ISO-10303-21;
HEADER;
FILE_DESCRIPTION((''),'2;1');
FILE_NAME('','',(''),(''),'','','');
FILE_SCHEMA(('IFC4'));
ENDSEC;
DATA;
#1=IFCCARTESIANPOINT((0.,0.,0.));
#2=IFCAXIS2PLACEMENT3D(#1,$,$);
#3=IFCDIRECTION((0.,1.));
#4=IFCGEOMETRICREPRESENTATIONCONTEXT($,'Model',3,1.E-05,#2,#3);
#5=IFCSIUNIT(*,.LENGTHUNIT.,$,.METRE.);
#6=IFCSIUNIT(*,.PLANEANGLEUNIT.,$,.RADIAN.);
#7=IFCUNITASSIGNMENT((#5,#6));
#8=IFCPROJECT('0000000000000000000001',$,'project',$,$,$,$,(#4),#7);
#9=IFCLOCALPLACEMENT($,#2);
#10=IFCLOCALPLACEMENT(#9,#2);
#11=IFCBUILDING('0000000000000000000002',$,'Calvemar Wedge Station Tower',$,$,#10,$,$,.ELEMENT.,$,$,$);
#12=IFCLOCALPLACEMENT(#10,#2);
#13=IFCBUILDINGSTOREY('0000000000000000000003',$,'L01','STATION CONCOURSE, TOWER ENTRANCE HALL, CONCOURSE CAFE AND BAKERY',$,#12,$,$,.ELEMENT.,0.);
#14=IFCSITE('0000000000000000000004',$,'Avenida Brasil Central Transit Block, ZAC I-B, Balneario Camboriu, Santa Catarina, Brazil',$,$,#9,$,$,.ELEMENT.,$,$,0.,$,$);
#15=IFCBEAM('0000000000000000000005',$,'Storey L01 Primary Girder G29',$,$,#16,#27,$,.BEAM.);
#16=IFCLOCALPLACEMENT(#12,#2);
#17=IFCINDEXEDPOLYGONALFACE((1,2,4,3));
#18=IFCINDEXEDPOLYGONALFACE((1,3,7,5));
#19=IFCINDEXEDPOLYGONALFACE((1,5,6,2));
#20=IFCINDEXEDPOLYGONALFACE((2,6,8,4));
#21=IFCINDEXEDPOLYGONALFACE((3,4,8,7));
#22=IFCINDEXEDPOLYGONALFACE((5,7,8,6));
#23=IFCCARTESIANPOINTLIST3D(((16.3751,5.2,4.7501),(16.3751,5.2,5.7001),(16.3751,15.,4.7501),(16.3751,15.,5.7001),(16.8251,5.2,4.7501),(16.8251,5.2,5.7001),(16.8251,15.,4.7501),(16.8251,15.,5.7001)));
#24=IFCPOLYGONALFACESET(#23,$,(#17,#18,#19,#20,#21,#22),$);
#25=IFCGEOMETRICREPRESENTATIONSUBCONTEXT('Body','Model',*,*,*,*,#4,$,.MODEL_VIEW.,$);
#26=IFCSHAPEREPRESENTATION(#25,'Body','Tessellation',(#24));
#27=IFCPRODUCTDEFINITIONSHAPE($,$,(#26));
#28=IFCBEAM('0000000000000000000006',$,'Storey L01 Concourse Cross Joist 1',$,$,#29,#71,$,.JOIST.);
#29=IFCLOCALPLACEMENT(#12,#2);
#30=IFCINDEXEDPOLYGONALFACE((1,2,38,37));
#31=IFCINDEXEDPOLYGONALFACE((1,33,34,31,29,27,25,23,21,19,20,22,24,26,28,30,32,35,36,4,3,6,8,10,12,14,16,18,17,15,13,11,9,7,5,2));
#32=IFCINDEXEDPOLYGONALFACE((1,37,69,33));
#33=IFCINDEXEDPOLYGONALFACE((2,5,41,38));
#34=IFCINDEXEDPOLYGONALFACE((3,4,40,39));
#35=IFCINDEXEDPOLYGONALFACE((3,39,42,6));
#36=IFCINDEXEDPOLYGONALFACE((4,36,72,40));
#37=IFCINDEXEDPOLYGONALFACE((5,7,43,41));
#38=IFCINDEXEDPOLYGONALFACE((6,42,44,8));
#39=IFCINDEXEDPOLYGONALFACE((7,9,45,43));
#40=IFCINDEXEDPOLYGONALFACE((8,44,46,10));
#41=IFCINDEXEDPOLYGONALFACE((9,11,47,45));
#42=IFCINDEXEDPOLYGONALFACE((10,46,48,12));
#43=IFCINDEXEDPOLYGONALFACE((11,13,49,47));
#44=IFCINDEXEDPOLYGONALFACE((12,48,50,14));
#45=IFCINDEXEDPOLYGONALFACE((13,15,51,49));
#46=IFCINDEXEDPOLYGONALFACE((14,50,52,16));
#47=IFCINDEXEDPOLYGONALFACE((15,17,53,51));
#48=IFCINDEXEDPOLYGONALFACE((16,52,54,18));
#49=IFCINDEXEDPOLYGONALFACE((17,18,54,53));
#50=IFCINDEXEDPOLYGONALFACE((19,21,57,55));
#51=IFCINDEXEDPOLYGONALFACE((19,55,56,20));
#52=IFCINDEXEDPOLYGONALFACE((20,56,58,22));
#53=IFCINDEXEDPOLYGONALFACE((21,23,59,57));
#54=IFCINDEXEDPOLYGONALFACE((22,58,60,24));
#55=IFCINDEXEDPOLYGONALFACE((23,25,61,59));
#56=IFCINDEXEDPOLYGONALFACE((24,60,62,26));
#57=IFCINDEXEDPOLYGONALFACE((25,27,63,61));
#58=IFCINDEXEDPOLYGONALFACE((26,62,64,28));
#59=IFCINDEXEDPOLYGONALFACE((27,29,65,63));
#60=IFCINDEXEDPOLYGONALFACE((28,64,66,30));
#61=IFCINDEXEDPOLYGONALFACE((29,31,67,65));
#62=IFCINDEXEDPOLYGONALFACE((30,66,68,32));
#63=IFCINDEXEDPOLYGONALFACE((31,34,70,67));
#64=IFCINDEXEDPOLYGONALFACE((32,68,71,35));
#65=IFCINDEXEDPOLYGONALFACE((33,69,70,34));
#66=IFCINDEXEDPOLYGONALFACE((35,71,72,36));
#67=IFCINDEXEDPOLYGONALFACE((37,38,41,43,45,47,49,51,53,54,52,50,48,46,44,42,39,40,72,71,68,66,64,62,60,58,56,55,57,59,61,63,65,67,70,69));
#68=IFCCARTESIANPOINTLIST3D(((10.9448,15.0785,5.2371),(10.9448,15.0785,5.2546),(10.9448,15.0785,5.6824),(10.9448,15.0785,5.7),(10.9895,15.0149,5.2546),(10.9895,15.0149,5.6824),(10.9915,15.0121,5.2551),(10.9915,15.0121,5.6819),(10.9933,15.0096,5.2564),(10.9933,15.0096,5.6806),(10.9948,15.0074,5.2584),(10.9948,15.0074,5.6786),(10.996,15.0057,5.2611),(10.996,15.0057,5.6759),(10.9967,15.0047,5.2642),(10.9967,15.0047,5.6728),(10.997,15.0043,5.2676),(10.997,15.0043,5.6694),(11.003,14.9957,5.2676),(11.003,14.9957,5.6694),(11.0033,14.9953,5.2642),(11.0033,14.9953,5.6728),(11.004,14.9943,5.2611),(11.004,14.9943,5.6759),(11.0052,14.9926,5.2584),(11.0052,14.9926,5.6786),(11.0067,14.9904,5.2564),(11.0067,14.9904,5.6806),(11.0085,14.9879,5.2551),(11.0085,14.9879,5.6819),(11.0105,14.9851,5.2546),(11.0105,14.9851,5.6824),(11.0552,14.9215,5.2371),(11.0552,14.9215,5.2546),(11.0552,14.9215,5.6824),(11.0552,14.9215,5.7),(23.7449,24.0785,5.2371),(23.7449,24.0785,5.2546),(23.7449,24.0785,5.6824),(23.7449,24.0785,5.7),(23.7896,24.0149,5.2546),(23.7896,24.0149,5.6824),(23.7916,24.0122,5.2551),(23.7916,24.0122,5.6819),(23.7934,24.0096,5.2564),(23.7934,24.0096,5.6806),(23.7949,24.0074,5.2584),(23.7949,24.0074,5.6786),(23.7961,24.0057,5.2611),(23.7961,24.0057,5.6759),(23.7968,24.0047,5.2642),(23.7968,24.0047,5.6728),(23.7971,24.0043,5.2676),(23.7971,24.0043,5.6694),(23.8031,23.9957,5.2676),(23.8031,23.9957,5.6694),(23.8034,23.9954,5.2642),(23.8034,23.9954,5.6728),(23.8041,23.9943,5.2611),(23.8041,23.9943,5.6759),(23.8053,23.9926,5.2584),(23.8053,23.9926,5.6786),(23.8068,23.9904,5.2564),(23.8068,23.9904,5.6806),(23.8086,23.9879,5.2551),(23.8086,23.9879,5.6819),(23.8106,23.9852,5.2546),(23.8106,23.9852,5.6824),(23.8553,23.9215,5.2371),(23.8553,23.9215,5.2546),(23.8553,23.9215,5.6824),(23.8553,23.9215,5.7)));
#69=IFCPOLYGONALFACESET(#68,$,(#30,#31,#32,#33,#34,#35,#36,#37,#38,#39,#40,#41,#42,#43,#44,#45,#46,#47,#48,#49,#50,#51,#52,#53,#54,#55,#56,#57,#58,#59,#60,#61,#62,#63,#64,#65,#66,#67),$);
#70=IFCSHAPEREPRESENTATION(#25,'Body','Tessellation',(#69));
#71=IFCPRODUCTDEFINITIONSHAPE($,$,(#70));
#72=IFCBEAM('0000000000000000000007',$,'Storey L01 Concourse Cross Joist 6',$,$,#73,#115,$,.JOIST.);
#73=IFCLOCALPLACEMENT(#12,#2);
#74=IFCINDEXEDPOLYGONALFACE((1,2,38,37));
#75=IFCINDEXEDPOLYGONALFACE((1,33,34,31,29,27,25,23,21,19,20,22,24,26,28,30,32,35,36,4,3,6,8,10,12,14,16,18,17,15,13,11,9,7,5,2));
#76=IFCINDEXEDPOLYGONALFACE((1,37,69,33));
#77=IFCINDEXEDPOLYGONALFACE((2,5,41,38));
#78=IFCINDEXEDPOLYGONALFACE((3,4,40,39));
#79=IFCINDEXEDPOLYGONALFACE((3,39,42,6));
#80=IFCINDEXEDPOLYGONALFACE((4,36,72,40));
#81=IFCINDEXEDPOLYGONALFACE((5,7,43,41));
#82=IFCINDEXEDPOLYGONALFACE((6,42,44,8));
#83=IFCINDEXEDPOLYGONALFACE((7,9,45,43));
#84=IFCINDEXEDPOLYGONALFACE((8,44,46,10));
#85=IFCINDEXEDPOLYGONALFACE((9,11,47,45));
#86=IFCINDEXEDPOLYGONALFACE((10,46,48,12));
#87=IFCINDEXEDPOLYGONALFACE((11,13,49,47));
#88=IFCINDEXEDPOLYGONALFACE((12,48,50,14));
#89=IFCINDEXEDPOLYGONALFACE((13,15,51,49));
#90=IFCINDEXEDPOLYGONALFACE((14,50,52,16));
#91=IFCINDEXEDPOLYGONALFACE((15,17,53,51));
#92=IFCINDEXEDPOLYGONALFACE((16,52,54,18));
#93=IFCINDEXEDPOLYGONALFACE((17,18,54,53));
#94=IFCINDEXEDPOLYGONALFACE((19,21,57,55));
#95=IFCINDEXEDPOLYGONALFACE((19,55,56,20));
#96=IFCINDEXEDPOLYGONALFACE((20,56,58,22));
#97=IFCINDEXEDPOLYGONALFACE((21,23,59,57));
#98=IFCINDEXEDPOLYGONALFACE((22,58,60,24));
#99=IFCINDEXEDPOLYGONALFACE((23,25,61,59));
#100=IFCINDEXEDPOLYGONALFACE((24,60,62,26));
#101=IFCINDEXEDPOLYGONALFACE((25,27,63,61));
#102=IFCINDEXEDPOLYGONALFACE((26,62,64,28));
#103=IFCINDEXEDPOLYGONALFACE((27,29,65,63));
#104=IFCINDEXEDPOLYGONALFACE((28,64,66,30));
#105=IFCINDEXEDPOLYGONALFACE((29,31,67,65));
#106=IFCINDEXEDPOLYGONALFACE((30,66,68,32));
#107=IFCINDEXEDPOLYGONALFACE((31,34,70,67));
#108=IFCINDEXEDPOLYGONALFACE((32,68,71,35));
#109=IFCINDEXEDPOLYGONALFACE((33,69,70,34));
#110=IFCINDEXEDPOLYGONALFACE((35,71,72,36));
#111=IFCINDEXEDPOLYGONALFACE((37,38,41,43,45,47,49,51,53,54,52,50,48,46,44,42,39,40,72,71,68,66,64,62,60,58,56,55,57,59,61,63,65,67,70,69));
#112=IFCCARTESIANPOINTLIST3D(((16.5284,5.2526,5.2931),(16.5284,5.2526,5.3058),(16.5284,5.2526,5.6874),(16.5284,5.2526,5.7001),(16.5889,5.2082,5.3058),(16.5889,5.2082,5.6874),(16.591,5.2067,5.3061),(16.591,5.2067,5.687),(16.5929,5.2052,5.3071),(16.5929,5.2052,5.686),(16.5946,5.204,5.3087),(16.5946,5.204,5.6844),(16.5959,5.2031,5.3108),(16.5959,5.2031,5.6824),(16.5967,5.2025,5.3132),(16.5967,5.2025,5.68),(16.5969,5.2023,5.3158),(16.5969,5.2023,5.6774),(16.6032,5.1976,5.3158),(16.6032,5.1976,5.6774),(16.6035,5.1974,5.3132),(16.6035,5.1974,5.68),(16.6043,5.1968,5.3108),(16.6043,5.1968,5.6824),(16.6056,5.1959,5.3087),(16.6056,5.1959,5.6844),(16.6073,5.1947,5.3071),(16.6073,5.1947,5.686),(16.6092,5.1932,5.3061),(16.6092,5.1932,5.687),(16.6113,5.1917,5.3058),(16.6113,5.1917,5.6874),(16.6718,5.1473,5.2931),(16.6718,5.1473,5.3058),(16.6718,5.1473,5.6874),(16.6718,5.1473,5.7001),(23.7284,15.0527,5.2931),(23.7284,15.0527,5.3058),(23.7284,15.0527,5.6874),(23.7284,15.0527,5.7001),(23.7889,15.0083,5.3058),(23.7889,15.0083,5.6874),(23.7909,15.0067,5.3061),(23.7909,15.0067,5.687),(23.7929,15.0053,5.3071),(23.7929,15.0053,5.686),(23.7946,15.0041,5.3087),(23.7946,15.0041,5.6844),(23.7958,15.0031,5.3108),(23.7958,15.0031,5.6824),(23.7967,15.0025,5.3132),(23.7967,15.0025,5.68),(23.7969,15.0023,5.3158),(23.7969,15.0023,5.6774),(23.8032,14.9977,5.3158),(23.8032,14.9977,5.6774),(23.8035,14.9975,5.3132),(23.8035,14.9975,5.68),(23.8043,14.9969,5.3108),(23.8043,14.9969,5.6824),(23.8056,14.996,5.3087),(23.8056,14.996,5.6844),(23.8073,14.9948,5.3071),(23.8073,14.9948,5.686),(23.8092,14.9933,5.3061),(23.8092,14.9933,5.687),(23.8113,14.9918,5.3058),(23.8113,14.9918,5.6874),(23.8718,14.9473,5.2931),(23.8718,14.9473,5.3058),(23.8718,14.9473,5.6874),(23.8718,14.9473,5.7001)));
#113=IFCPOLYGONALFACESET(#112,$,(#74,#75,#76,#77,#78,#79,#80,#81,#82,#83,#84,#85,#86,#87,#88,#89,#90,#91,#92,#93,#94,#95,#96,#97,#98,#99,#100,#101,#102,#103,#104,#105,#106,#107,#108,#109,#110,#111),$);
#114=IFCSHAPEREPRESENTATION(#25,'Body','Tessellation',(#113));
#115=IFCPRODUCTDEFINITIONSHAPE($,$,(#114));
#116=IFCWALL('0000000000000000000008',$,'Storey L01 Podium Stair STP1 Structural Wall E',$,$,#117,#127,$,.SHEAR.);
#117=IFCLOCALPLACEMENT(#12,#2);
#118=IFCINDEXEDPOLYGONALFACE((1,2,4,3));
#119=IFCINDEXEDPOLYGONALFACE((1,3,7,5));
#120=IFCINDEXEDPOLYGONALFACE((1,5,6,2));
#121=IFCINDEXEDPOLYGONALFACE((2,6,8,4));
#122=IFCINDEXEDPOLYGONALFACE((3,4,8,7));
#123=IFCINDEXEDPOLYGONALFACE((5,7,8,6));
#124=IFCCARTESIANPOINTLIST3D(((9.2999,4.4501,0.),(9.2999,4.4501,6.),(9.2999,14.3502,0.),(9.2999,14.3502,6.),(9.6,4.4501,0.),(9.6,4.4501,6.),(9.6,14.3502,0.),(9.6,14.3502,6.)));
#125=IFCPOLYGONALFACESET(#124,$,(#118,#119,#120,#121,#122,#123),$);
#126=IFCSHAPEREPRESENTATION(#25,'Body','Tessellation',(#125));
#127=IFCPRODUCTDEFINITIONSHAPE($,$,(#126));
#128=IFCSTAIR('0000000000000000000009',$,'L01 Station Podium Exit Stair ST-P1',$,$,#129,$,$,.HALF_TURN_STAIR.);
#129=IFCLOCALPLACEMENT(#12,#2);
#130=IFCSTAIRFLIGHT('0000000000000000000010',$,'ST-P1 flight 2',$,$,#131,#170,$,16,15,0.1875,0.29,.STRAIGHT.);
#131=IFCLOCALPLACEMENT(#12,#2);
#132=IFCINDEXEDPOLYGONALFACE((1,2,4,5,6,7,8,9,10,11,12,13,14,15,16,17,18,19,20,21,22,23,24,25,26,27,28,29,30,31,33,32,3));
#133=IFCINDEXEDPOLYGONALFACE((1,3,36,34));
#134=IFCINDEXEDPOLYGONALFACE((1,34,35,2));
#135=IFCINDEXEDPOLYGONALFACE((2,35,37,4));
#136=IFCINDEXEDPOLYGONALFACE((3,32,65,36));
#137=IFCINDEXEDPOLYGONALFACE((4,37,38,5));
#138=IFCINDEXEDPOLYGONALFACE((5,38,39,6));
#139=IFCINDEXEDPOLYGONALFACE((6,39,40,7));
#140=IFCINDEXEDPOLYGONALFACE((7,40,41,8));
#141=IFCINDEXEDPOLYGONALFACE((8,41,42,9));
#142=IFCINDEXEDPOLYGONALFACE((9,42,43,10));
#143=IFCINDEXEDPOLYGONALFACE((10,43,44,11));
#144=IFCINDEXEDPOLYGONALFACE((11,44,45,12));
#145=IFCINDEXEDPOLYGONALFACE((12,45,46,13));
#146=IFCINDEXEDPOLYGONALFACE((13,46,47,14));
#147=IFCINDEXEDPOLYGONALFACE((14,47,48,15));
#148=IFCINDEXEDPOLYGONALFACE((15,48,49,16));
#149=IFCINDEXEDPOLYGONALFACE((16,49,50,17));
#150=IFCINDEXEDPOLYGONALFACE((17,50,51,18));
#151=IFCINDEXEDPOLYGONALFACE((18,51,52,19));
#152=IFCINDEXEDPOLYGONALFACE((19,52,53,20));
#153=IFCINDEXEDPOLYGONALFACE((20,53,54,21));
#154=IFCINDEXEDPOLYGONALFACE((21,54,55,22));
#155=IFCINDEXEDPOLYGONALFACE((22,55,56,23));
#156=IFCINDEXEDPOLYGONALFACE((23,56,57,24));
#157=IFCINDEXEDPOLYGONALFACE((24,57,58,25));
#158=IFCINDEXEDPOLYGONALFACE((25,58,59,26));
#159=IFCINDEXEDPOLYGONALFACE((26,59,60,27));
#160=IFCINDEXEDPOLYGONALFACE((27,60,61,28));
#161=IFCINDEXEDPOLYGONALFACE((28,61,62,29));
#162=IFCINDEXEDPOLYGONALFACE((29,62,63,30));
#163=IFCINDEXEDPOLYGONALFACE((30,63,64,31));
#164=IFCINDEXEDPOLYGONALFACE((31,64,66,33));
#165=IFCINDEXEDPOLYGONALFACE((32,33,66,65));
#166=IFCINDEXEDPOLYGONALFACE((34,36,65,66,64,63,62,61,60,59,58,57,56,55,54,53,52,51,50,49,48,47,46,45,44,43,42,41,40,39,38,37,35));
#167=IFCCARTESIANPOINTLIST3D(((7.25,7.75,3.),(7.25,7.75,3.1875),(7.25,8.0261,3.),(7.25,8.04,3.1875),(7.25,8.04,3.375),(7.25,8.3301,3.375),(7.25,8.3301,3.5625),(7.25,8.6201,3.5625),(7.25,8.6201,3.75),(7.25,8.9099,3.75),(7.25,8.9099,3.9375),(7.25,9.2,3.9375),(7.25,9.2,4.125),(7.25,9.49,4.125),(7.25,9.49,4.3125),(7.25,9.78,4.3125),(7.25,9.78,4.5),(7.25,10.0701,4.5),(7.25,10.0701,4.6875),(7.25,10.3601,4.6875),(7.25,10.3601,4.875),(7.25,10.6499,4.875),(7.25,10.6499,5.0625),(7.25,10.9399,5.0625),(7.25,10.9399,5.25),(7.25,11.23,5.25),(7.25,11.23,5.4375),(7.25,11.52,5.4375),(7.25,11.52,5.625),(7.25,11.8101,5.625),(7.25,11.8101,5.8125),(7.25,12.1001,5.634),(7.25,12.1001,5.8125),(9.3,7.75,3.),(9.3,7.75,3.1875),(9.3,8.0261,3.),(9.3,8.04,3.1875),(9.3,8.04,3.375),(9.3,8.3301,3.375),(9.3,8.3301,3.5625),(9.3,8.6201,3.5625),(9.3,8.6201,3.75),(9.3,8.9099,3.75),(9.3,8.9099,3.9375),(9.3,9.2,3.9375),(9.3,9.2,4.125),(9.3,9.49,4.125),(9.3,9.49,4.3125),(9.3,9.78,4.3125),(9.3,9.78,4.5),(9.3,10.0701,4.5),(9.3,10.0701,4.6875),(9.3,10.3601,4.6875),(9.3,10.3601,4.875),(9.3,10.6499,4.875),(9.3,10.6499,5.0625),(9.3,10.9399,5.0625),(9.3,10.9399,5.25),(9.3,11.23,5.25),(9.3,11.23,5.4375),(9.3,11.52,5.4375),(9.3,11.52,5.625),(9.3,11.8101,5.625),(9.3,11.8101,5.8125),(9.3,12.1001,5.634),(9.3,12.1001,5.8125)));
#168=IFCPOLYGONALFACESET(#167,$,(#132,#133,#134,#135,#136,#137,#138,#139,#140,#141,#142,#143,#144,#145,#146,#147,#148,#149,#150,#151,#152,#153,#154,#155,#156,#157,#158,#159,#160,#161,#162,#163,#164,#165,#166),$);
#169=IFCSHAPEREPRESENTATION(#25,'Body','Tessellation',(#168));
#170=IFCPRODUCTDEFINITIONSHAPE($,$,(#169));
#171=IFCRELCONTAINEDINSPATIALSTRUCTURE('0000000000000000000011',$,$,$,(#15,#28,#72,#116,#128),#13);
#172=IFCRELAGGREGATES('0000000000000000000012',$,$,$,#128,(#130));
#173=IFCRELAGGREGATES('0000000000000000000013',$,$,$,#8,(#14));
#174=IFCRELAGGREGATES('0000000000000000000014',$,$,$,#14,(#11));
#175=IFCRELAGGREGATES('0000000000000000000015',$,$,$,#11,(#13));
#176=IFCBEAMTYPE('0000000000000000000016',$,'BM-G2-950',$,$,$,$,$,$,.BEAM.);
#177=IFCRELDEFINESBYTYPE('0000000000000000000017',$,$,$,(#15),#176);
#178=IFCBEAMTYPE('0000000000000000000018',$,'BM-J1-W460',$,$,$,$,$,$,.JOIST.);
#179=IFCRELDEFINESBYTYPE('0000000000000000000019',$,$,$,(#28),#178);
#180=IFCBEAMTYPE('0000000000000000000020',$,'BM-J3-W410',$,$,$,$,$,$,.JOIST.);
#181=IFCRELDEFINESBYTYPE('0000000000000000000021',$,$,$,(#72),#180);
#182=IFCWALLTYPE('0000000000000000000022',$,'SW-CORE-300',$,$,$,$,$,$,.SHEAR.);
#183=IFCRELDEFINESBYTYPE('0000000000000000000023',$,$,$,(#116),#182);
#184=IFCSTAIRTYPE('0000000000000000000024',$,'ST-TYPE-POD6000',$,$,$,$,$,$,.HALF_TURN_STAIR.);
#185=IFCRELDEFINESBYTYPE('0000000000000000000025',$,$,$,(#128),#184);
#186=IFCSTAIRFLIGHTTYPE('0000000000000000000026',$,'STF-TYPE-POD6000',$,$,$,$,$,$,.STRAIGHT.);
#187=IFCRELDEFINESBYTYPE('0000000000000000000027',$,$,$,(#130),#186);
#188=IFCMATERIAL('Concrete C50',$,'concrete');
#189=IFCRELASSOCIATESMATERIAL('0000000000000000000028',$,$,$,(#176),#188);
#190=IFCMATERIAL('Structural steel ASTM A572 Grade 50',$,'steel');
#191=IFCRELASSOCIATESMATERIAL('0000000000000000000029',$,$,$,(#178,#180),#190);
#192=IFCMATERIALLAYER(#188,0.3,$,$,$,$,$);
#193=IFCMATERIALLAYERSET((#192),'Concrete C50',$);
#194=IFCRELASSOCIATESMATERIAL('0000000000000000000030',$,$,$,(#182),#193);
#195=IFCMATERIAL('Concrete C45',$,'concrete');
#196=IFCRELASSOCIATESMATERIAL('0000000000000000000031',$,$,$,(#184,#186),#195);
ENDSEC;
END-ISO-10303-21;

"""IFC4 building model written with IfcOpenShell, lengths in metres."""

from ifc_helpers import new_model, si_unit, direction, frame, frame_2d, origin, origin_2d, place, context, subcontext, project, spatial, polyline, rectangle, i_section, outline, extrude, source, transform, mapped, material, layer, layer_set, material_profile, profile_set, type_object, element, aggregate, save


model = new_model("IFC4")

# Units and contexts
model_context = context("Model", 3, precision=1e-05, world=origin(), true_north=direction((0.0, 1.0)))
body_context = subcontext(model_context, "Body", "Model", "MODEL_VIEW")
ifc_project = project(units=[si_unit("LENGTHUNIT", "METRE"), si_unit("PLANEANGLEUNIT", "RADIAN")], contexts=[model_context])

# Site, building, storey
site_placement = place(None, origin())
site = spatial("IfcSite", under=ifc_project, at=site_placement, Name="Avenida Brasil Central Transit Block, ZAC I-B, Balneario Camboriu, Santa Catarina, Brazil", CompositionType="ELEMENT", RefElevation=0.0)
building_placement = place(site_placement, origin())
building = spatial("IfcBuilding", under=site, at=building_placement, Name="Calvemar Wedge Station Tower", CompositionType="ELEMENT")
storey_placement = place(building_placement, origin())
storey = spatial("IfcBuildingStorey", under=building, at=storey_placement, Name="L01", Description="STATION CONCOURSE, TOWER ENTRANCE HALL, CONCOURSE CAFE AND BAKERY", CompositionType="ELEMENT", Elevation=0.0)

# Shared definitions
ifc_material_1 = material(Name="Concrete C45", Category="concrete")

# Beams
ifc_material_2 = material(Name="Structural steel ASTM A572 Grade 50", Category="steel")
ifc_material_3 = material(Name="Concrete C50", Category="concrete")
ifc_material_profile_1 = material_profile(ifc_material_3, rectangle(XDim=0.45, YDim=0.95, at=origin_2d()), Name="RC450x950")
ifc_profile_set_1 = profile_set([ifc_material_profile_1], Name="Concrete C50")
beam_type_1 = type_object("IfcBeamType", Name="BM-G2-950", PredefinedType="BEAM", material=ifc_profile_set_1)
shared_shape_1 = source(origin(), body_context, "Body", "SweptSolid", [
    extrude(rectangle(XDim=0.45, YDim=0.95, at=origin_2d()), origin(), (0.0, 0.0, 1.0), 9.8),
])
beam_1_placement = place(storey_placement, frame((16.6001, 5.2, 5.2251), z_axis=(0.0, 1.0, 0.0), x_axis=(-1.0, 0.0, 0.0)))
element("IfcBeam", 1, at=beam_1_placement, inside=storey, type_object=beam_type_1, Name="Storey L01 Primary Girder G29", PredefinedType="BEAM", context=body_context, shape_type="MappedRepresentation", body=[
    mapped(shared_shape_1, transform((0.0, 0.0, 0.0), scale=1.0)),
])
ifc_material_profile_2 = material_profile(ifc_material_2, i_section(OverallWidth=0.1919, OverallDepth=0.4629, WebThickness=0.0105, FlangeThickness=0.0176, FilletRadius=0.0129, at=origin_2d()), Name="W460x89")
ifc_profile_set_2 = profile_set([ifc_material_profile_2], Name="Structural steel ASTM A572 Grade 50")
beam_type_2 = type_object("IfcBeamType", Name="BM-J1-W460", PredefinedType="JOIST", material=ifc_profile_set_2)
shared_shape_2 = source(origin(), body_context, "Body", "SweptSolid", [
    extrude(i_section(OverallWidth=0.1919, OverallDepth=0.4629, WebThickness=0.0105, FlangeThickness=0.0176, FilletRadius=0.0129, at=origin_2d()), origin(), (0.0, 0.0, 1.0), 15.6475),
])
beam_2_placement = place(storey_placement, frame((11.0, 15.0, 5.4685), z_axis=(0.81803, 0.575175, 0.0), x_axis=(-0.575175, 0.81803, 0.0)))
element("IfcBeam", 2, at=beam_2_placement, inside=storey, type_object=beam_type_2, Name="Storey L01 Concourse Cross Joist 1", PredefinedType="JOIST", context=body_context, shape_type="MappedRepresentation", body=[
    mapped(shared_shape_2, transform((0.0, 0.0, 0.0), scale=1.0)),
])
ifc_material_profile_3 = material_profile(ifc_material_2, i_section(OverallWidth=0.178, OverallDepth=0.407, WebThickness=0.0078, FlangeThickness=0.0127, FilletRadius=0.01, at=origin_2d()), Name="W410x60")
ifc_profile_set_3 = profile_set([ifc_material_profile_3], Name="Structural steel ASTM A572 Grade 50")
beam_type_3 = type_object("IfcBeamType", Name="BM-J3-W410", PredefinedType="JOIST", material=ifc_profile_set_3)
shared_shape_3 = source(origin(), body_context, "Body", "SweptSolid", [
    extrude(i_section(OverallWidth=0.178, OverallDepth=0.407, WebThickness=0.0078, FlangeThickness=0.0127, FilletRadius=0.01, at=origin_2d()), origin(), (0.0, 0.0, 1.0), 12.1606),
])
beam_3_placement = place(storey_placement, frame((16.6001, 5.2, 5.4966), z_axis=(0.592072, 0.805885, 0.0), x_axis=(-0.805885, 0.592072, 0.0)))
element("IfcBeam", 3, at=beam_3_placement, inside=storey, type_object=beam_type_3, Name="Storey L01 Concourse Cross Joist 6", PredefinedType="JOIST", context=body_context, shape_type="MappedRepresentation", body=[
    mapped(shared_shape_3, transform((0.0, 0.0, 0.0), scale=1.0)),
])

# Wall
ifc_layer = layer(ifc_material_3, 0.3)
ifc_layer_set = layer_set([ifc_layer], Name="Concrete C50")
wall_type = type_object("IfcWallType", Name="SW-CORE-300", PredefinedType="SHEAR", material=ifc_layer_set)
wall_placement = place(storey_placement, frame((9.45, 4.45, 0.0), z_axis=(0.0, 0.0, 1.0), x_axis=(0.0, 1.0, 0.0)))
element("IfcWall", 4, at=wall_placement, inside=storey, type_object=wall_type, Name="Storey L01 Podium Stair STP1 Structural Wall E", PredefinedType="SHEAR", context=body_context, shape_type="SweptSolid", body=[
    extrude(rectangle(XDim=9.9001, YDim=0.3, at=frame_2d((4.9502, 0.0))), origin(), (0.0, 0.0, 1.0), 6.0),
])

# Stair, stair flight
stair_type = type_object("IfcStairType", Name="ST-TYPE-POD6000", PredefinedType="HALF_TURN_STAIR", material=ifc_material_1)
stair_placement = place(storey_placement, origin())
stair = element("IfcStair", 5, at=stair_placement, inside=storey, type_object=stair_type, Name="L01 Station Podium Exit Stair ST-P1", PredefinedType="HALF_TURN_STAIR")
stair_flight_type = type_object("IfcStairFlightType", Name="STF-TYPE-POD6000", PredefinedType="STRAIGHT", material=ifc_material_1)
stair_flight_placement = place(storey_placement, frame((8.2749, 7.75, 3.0), z_axis=(0.0, 0.0, 1.0), x_axis=(0.0, 1.0, 0.0)))
stair_flight = element("IfcStairFlight", 6, at=stair_flight_placement, type_object=stair_flight_type, Name="ST-P1 flight 2", NumberOfRisers=16, NumberOfTreads=15, PredefinedType="STRAIGHT", RiserHeight=0.1875, TreadLength=0.29, context=body_context, shape_type="SweptSolid", body=[
    extrude(outline(polyline([(0.0, 0.0), (0.0, 0.1875), (0.29, 0.1875), (0.29, 0.375), (0.5801, 0.375), (0.5801, 0.5625), (0.8701, 0.5625), (0.8701, 0.75), (1.1599, 0.75), (1.1599, 0.9375), (1.45, 0.9375), (1.45, 1.125), (1.74, 1.125), (1.74, 1.3125), (2.03, 1.3125), (2.03, 1.5), (2.3201, 1.5), (2.3201, 1.6875), (2.6101, 1.6875), (2.6101, 1.875), (2.8999, 1.875), (2.8999, 2.0625), (3.1899, 2.0625), (3.1899, 2.25), (3.48, 2.25), (3.48, 2.4375), (3.77, 2.4375), (3.77, 2.625), (4.0601, 2.625), (4.0601, 2.8125), (4.3501, 2.8125), (4.3501, 3.0), (4.3501, 2.634), (0.2761, 0.0), (0.0, 0.0)])), frame((0.0, 1.0249, 0.0), z_axis=(0.0, -1.0, 0.0), x_axis=(1.0, 0.0, 0.0)), (0.0, 0.0, 1.0), 2.05),
])
aggregate(stair, [stair_flight])

save(model, "model.ifc")
